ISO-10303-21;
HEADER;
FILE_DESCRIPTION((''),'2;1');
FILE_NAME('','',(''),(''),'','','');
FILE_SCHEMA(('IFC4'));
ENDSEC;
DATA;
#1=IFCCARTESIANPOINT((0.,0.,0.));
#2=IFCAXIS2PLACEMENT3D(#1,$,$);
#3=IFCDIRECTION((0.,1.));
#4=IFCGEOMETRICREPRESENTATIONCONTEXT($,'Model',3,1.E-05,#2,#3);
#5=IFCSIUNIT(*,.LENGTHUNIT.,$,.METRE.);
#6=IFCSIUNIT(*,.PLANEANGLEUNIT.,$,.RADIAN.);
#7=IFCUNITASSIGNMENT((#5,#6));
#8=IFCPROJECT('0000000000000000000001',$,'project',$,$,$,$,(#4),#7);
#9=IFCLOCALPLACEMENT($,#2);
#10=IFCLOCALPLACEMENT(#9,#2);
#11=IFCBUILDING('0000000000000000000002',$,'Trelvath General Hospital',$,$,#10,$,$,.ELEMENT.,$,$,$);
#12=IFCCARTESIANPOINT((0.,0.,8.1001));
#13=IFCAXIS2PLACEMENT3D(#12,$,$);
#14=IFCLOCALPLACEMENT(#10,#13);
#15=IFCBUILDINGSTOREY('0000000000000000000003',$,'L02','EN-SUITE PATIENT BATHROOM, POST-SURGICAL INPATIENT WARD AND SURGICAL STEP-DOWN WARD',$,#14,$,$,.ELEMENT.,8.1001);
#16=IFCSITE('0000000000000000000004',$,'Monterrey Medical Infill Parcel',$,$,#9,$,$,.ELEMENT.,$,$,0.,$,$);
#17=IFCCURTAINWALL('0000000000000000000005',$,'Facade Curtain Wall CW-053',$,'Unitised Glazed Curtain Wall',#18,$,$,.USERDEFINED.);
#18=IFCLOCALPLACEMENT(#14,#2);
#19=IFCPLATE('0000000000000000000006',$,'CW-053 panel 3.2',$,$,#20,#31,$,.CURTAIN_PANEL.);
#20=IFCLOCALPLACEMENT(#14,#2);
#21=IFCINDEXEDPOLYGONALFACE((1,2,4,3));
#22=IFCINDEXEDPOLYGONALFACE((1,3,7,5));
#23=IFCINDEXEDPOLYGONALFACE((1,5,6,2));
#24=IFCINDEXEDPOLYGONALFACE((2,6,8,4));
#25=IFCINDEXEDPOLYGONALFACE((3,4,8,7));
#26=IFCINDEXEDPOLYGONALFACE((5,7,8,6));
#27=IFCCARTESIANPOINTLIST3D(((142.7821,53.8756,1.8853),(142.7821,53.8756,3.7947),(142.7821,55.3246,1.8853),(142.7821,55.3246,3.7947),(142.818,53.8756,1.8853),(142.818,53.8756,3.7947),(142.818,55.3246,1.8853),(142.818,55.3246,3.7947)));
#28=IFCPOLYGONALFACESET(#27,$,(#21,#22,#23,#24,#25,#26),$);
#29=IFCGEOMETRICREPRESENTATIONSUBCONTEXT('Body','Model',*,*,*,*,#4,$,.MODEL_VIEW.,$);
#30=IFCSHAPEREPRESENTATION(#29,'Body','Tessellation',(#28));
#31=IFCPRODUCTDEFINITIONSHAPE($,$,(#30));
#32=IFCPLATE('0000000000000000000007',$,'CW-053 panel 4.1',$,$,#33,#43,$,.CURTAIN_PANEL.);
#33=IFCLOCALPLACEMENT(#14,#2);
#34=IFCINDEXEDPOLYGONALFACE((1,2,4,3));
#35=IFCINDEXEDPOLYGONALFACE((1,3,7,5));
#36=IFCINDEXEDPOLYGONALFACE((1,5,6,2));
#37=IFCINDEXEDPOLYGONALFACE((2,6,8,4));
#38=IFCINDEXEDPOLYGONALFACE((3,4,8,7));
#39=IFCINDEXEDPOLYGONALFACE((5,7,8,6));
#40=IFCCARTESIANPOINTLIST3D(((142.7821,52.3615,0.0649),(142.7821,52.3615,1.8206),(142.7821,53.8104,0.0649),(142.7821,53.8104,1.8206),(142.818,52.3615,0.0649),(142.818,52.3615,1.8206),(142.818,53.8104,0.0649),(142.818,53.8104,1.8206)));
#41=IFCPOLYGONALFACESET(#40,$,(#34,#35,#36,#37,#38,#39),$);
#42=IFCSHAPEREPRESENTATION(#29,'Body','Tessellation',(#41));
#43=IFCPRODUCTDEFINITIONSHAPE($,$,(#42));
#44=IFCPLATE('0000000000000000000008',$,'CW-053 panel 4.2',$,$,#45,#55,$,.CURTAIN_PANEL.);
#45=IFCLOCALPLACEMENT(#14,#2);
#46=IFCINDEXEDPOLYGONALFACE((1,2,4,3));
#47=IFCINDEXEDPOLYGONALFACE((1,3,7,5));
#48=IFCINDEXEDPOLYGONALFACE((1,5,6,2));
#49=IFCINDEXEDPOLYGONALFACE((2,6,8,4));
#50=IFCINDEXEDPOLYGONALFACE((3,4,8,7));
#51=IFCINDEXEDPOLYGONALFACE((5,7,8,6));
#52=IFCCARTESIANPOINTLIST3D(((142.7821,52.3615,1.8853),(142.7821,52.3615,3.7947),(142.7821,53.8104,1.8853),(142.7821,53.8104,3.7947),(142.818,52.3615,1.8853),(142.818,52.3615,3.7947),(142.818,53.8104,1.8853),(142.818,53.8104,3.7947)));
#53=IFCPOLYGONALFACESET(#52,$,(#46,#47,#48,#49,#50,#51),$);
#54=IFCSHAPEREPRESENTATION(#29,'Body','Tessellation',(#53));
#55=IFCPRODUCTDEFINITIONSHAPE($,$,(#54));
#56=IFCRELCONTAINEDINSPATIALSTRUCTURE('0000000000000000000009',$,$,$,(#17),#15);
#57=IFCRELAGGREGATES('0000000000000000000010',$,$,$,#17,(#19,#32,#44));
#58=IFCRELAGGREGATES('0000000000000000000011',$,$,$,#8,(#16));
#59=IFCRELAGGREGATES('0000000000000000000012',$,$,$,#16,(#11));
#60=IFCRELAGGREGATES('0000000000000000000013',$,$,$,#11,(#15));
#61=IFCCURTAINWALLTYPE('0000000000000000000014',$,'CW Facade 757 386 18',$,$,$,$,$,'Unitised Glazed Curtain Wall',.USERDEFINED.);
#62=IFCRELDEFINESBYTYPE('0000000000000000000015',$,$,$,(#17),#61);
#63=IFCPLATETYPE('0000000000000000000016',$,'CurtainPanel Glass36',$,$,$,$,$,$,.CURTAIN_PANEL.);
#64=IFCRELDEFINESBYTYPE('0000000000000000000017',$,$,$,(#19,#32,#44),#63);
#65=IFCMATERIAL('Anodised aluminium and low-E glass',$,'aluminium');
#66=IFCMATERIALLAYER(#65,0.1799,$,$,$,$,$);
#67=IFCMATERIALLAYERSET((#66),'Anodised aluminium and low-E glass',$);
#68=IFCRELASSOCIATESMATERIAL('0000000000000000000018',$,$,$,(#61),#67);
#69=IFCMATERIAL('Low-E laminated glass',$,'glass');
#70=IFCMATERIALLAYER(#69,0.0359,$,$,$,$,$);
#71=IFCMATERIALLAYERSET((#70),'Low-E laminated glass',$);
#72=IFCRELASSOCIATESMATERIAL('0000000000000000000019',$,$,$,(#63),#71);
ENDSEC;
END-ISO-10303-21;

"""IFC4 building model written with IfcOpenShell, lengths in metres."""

from ifc_helpers import new_model, si_unit, direction, frame, origin, origin_2d, place, context, subcontext, project, spatial, rectangle, extrude, material, layer, layer_set, type_object, element, aggregate, save


model = new_model("IFC4")

# Units and contexts
model_context = context("Model", 3, precision=1e-05, world=origin(), true_north=direction((0.0, 1.0)))
body_context = subcontext(model_context, "Body", "Model", "MODEL_VIEW")
ifc_project = project(units=[si_unit("LENGTHUNIT", "METRE"), si_unit("PLANEANGLEUNIT", "RADIAN")], contexts=[model_context])

# Site, building, storey
site_placement = place(None, origin())
site = spatial("IfcSite", under=ifc_project, at=site_placement, Name="Monterrey Medical Infill Parcel", CompositionType="ELEMENT", RefElevation=0.0)
building_placement = place(site_placement, origin())
building = spatial("IfcBuilding", under=site, at=building_placement, Name="Trelvath General Hospital", CompositionType="ELEMENT")
storey_placement = place(building_placement, frame((0.0, 0.0, 8.1001)))
storey = spatial("IfcBuildingStorey", under=building, at=storey_placement, Name="L02", Description="EN-SUITE PATIENT BATHROOM, POST-SURGICAL INPATIENT WARD AND SURGICAL STEP-DOWN WARD", CompositionType="ELEMENT", Elevation=8.1001)

# Curtain wall, plates
ifc_material_1 = material(Name="Anodised aluminium and low-E glass", Category="aluminium")
ifc_layer_1 = layer(ifc_material_1, 0.1799)
ifc_layer_set_1 = layer_set([ifc_layer_1], Name="Anodised aluminium and low-E glass")
curtain_wall_type = type_object("IfcCurtainWallType", Name="CW Facade 757 386 18", ElementType="Unitised Glazed Curtain Wall", PredefinedType="USERDEFINED", material=ifc_layer_set_1)
curtain_wall_placement = place(storey_placement, origin())
curtain_wall = element("IfcCurtainWall", 1, at=curtain_wall_placement, inside=storey, type_object=curtain_wall_type, Name="Facade Curtain Wall CW-053", ObjectType="Unitised Glazed Curtain Wall", PredefinedType="USERDEFINED")
ifc_material_2 = material(Name="Low-E laminated glass", Category="glass")
ifc_layer_2 = layer(ifc_material_2, 0.0359)
ifc_layer_set_2 = layer_set([ifc_layer_2], Name="Low-E laminated glass")
plate_type = type_object("IfcPlateType", Name="CurtainPanel Glass36", PredefinedType="CURTAIN_PANEL", material=ifc_layer_set_2)
plate_1_placement = place(storey_placement, frame((142.8, 54.6001, 1.8853), z_axis=(0.0, 0.0, 1.0), x_axis=(0.0, -1.0, 0.0)))
plate_1 = element("IfcPlate", 2, at=plate_1_placement, type_object=plate_type, Name="CW-053 panel 3.2", PredefinedType="CURTAIN_PANEL", context=body_context, shape_type="SweptSolid", body=[
    extrude(rectangle(XDim=1.449, YDim=0.0359, at=origin_2d()), origin(), (0.0, 0.0, 1.0), 1.9094),
])
plate_2_placement = place(storey_placement, frame((142.8, 53.0859, 0.0649), z_axis=(0.0, 0.0, 1.0), x_axis=(0.0, -1.0, 0.0)))
plate_2 = element("IfcPlate", 3, at=plate_2_placement, type_object=plate_type, Name="CW-053 panel 4.1", PredefinedType="CURTAIN_PANEL", context=body_context, shape_type="SweptSolid", body=[
    extrude(rectangle(XDim=1.449, YDim=0.0359, at=origin_2d()), origin(), (0.0, 0.0, 1.0), 1.7556),
])
plate_3_placement = place(storey_placement, frame((142.8, 53.0859, 1.8853), z_axis=(0.0, 0.0, 1.0), x_axis=(0.0, -1.0, 0.0)))
plate_3 = element("IfcPlate", 4, at=plate_3_placement, type_object=plate_type, Name="CW-053 panel 4.2", PredefinedType="CURTAIN_PANEL", context=body_context, shape_type="SweptSolid", body=[
    extrude(rectangle(XDim=1.449, YDim=0.0359, at=origin_2d()), origin(), (0.0, 0.0, 1.0), 1.9094),
])
aggregate(curtain_wall, [plate_1, plate_2, plate_3])

save(model, "model.ifc")
